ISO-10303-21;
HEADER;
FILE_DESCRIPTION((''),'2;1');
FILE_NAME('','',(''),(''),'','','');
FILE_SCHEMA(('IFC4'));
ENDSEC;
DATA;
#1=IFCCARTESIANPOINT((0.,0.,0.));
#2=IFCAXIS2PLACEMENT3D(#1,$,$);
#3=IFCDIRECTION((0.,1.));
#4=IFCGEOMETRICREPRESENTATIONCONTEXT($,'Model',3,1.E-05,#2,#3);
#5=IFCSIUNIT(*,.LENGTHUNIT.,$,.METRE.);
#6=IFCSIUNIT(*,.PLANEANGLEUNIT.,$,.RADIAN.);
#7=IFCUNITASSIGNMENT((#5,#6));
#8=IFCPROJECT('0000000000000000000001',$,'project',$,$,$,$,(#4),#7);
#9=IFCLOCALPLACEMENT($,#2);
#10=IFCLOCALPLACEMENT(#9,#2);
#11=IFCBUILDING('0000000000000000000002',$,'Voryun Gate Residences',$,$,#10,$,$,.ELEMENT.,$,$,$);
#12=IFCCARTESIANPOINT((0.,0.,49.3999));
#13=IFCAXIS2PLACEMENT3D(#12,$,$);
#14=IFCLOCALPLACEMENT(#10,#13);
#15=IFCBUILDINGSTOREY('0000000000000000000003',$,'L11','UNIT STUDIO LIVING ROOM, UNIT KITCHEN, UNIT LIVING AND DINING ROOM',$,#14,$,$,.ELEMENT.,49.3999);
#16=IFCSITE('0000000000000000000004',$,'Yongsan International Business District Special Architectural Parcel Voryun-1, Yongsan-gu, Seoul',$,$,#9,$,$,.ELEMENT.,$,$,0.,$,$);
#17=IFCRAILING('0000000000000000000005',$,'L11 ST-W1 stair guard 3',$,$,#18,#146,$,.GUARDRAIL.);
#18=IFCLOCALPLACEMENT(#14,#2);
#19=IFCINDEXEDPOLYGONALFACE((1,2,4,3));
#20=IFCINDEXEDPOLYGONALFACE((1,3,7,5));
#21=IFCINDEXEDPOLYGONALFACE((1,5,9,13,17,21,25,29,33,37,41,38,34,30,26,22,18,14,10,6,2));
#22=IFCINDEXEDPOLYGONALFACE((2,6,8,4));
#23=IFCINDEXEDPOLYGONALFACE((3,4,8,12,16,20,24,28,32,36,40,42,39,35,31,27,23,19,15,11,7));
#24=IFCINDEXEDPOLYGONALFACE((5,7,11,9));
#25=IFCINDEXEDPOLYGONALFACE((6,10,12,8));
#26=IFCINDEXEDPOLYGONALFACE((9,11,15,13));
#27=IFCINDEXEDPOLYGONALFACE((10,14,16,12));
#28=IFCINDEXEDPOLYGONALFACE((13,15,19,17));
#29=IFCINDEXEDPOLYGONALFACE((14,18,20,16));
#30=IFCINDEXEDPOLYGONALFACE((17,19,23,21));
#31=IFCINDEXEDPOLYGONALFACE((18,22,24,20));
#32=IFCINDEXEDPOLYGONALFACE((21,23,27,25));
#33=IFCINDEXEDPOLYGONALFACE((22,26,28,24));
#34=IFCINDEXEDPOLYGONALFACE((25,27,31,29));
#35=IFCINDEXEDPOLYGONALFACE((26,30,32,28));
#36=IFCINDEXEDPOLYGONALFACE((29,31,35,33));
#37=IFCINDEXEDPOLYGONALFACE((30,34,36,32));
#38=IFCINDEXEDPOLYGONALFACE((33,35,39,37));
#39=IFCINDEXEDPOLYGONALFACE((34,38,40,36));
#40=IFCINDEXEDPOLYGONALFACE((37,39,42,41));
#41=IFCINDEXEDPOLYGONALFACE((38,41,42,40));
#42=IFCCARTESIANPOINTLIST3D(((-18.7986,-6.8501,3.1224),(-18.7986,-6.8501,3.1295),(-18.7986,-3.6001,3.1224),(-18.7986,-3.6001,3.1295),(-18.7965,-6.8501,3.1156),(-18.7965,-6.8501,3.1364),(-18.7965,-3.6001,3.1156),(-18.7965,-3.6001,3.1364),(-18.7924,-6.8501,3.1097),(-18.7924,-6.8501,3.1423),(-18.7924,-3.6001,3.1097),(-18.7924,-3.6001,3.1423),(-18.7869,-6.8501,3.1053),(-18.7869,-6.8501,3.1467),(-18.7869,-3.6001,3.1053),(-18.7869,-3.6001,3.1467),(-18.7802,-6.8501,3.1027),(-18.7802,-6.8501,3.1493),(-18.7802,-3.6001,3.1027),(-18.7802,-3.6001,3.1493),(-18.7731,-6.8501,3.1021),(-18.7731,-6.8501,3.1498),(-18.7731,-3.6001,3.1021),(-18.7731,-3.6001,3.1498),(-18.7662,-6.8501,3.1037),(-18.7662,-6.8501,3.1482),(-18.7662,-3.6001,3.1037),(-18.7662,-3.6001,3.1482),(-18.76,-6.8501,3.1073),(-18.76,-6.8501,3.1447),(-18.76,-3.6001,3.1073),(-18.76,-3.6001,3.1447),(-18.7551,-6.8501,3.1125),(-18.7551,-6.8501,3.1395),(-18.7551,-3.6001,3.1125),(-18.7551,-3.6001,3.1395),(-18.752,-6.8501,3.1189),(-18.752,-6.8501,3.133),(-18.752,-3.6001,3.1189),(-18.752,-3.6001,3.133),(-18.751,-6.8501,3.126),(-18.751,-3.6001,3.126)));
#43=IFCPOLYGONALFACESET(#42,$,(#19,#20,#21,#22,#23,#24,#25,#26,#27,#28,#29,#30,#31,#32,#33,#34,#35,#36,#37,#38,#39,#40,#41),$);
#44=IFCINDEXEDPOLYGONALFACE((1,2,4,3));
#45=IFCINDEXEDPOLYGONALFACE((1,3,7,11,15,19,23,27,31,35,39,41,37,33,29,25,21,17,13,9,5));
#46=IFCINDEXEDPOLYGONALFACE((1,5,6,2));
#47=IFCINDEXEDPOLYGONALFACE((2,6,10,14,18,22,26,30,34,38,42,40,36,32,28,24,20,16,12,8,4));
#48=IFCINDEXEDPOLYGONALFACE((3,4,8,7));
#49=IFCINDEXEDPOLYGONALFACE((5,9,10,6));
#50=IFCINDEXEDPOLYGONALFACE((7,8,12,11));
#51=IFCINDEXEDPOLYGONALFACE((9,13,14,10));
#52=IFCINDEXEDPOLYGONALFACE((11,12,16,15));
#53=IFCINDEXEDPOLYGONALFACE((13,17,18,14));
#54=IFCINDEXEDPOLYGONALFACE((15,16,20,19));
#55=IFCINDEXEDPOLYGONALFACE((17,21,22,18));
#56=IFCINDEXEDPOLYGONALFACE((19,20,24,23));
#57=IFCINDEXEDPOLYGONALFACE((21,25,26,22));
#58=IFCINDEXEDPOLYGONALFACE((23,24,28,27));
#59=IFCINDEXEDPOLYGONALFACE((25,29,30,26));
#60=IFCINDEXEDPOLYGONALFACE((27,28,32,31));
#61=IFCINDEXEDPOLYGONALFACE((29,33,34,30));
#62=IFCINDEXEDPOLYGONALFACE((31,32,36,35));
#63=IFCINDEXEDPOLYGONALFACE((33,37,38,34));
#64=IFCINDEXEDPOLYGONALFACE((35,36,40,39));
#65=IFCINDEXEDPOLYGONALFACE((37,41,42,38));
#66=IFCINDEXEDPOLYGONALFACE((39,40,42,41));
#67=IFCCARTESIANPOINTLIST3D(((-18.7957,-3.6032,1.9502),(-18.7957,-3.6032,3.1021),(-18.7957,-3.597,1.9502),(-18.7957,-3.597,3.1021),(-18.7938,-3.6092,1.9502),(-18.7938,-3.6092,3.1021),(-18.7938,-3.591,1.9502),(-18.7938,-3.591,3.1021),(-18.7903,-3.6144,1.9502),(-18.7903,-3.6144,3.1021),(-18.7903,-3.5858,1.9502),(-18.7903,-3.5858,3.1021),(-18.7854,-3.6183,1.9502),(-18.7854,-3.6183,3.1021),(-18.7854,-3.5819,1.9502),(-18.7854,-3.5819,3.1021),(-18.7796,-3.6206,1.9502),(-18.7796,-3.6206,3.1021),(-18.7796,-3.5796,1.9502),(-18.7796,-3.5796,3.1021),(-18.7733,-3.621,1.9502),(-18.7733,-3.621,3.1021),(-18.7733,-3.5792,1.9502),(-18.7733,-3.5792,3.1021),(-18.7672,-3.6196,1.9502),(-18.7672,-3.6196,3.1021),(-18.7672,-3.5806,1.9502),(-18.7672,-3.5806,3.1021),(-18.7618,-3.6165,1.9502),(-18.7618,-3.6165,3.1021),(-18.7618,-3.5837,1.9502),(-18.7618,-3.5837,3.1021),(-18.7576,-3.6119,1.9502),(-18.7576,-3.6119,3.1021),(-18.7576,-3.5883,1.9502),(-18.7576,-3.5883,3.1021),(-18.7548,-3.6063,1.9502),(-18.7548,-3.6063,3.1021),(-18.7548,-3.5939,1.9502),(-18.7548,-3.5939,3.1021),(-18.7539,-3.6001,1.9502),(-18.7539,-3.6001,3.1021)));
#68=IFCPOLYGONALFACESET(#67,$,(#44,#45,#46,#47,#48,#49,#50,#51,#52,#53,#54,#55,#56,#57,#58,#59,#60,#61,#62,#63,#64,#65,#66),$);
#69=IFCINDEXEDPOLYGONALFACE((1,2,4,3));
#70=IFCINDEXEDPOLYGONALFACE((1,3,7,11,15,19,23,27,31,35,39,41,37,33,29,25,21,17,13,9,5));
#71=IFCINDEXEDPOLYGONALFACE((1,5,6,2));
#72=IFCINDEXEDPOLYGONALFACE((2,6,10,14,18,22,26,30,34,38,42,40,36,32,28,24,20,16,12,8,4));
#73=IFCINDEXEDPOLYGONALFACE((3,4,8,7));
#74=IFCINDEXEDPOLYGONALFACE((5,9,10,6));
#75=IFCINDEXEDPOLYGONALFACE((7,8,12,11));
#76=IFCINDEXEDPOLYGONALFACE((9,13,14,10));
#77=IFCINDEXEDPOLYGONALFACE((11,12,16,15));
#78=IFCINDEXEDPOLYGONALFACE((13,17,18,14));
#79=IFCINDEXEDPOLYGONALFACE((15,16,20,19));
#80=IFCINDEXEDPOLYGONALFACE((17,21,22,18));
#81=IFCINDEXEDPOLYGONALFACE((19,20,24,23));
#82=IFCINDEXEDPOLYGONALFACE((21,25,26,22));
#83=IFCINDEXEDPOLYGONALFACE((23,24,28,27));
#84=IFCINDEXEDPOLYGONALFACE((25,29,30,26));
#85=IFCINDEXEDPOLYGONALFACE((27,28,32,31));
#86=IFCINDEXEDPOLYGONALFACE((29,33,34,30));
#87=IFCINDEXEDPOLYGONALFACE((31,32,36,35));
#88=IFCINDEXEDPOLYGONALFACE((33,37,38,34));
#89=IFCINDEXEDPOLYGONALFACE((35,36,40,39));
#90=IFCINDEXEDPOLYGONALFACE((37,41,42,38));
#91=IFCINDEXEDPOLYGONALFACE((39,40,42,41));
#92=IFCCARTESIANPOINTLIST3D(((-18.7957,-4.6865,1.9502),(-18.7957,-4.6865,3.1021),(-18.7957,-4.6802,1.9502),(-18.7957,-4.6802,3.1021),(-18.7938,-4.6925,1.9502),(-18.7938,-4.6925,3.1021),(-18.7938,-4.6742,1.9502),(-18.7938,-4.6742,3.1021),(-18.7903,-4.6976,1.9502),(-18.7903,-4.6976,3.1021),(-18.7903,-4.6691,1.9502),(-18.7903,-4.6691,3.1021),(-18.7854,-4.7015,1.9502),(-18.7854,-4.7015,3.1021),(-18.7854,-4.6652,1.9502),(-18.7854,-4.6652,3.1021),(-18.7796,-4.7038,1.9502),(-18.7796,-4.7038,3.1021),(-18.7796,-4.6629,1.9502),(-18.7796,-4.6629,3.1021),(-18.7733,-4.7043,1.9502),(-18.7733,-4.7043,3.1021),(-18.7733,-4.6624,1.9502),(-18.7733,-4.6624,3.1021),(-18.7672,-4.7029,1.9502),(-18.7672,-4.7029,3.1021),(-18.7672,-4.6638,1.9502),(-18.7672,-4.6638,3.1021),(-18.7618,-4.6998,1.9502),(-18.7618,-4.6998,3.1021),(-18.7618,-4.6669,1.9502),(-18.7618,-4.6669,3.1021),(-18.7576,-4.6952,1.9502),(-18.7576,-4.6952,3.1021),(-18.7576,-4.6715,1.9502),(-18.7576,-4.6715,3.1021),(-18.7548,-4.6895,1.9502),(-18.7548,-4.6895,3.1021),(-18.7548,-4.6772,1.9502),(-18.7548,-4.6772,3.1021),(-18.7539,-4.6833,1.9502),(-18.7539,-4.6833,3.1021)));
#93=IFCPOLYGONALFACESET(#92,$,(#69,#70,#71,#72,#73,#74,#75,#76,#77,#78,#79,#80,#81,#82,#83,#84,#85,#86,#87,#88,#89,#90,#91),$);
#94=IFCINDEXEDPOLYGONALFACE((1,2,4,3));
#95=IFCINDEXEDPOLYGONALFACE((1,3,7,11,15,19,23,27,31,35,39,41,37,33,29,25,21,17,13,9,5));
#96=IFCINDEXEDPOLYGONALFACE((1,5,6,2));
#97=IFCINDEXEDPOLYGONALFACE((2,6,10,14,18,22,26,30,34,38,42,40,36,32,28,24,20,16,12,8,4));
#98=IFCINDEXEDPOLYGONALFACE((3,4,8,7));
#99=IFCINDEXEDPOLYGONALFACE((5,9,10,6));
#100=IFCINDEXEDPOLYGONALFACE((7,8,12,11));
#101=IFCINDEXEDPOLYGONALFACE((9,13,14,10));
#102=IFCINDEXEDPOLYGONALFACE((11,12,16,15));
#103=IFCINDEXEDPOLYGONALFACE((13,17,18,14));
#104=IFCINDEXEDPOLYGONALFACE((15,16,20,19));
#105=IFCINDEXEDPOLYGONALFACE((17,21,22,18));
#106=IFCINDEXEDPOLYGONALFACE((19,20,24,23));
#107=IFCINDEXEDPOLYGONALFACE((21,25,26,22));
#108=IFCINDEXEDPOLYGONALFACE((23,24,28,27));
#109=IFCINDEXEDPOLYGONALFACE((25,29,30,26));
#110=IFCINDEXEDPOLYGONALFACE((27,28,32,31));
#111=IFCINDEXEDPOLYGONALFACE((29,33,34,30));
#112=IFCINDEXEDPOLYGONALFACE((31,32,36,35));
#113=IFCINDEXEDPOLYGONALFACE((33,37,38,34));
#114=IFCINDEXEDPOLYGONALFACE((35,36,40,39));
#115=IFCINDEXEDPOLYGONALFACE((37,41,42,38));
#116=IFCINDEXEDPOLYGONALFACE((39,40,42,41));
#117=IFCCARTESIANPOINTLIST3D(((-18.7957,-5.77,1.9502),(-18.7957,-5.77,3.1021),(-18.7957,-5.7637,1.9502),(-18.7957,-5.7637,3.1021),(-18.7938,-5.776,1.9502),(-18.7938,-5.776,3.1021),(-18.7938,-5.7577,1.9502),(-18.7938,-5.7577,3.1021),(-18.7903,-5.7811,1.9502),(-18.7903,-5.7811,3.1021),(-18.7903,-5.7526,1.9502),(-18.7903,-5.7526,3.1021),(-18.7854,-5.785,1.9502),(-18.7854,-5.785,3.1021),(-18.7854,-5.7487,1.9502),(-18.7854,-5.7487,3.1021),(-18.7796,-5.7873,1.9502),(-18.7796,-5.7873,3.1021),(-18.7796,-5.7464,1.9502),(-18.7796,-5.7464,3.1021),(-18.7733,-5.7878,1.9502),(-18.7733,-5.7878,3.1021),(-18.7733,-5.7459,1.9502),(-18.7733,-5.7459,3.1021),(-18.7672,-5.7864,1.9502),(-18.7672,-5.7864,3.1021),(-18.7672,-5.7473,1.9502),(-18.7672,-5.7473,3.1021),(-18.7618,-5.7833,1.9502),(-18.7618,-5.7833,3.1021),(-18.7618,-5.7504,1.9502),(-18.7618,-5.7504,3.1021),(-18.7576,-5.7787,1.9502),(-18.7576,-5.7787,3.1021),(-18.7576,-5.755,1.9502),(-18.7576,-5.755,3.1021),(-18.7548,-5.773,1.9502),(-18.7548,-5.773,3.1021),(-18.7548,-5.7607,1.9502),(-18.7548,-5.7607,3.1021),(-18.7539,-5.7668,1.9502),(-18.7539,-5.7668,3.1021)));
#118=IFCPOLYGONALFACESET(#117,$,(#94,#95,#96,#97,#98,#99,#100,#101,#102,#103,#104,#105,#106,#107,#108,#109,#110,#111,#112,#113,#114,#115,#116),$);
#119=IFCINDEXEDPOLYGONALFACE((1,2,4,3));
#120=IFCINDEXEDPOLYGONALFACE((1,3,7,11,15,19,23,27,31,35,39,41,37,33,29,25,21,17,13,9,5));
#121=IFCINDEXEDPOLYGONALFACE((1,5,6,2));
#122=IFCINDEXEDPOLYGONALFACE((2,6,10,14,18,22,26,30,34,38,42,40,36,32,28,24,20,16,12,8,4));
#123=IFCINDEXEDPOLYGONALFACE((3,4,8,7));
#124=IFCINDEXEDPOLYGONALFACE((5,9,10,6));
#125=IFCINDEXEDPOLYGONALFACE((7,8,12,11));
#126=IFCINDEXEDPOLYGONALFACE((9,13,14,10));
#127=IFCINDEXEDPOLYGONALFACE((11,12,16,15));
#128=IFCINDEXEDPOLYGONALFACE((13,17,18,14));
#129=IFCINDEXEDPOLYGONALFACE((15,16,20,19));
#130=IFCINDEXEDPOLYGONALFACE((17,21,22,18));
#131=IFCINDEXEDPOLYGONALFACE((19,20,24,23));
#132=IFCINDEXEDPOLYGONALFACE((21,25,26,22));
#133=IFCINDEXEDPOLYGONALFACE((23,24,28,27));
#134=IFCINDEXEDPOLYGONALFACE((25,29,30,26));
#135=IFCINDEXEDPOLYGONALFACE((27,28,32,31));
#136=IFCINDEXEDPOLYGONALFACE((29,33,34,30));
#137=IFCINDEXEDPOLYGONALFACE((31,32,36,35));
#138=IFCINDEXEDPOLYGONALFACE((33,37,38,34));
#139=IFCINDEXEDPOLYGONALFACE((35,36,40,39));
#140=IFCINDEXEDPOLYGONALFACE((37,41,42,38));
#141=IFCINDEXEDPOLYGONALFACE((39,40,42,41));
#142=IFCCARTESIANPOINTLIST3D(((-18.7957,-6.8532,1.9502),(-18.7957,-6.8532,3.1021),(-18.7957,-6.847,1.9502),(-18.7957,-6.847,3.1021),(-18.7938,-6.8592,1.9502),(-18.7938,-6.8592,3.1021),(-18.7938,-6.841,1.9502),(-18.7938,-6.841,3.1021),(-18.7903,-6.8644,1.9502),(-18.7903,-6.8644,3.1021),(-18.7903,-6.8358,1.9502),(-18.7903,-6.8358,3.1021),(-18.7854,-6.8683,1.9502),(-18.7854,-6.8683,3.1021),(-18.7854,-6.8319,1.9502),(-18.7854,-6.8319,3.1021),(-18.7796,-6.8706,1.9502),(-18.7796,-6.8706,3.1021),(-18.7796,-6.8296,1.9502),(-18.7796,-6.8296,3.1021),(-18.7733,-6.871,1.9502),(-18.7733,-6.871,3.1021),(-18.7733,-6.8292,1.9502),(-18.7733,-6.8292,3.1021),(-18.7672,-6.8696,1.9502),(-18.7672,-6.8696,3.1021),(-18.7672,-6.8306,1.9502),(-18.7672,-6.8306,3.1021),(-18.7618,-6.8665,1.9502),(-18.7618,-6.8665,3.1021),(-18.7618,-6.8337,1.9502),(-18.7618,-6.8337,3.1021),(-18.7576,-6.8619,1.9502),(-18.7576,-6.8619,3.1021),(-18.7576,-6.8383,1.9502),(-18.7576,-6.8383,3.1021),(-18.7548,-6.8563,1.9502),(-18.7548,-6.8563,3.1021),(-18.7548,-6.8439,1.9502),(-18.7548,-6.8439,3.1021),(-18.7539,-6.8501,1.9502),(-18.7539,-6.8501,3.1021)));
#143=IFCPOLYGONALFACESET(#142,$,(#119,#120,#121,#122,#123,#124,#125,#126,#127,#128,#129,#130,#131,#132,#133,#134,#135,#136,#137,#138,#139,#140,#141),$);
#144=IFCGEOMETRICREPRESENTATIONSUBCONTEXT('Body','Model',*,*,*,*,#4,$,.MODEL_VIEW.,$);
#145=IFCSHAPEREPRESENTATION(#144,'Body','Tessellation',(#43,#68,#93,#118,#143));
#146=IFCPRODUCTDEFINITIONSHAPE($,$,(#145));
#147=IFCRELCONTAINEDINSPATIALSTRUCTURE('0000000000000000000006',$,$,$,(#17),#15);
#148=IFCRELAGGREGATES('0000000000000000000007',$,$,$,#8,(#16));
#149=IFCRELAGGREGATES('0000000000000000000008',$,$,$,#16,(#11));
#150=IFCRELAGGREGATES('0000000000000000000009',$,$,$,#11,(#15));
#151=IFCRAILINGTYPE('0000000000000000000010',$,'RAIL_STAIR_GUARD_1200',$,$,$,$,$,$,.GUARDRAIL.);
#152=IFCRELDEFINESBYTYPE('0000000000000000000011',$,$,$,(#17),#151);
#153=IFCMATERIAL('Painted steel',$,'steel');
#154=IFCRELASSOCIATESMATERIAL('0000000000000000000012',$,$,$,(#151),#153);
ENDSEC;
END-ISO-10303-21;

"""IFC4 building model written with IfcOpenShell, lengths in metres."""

from ifc_helpers import new_model, si_unit, direction, frame, origin, origin_2d, place, context, subcontext, project, spatial, circle, extrude, material, type_object, element, save


model = new_model("IFC4")

# Units and contexts
model_context = context("Model", 3, precision=1e-05, world=origin(), true_north=direction((0.0, 1.0)))
body_context = subcontext(model_context, "Body", "Model", "MODEL_VIEW")
ifc_project = project(units=[si_unit("LENGTHUNIT", "METRE"), si_unit("PLANEANGLEUNIT", "RADIAN")], contexts=[model_context])

# Site, building, storey
site_placement = place(None, origin())
site = spatial("IfcSite", under=ifc_project, at=site_placement, Name="Yongsan International Business District Special Architectural Parcel Voryun-1, Yongsan-gu, Seoul", CompositionType="ELEMENT", RefElevation=0.0)
building_placement = place(site_placement, origin())
building = spatial("IfcBuilding", under=site, at=building_placement, Name="Voryun Gate Residences", CompositionType="ELEMENT")
storey_placement = place(building_placement, frame((0.0, 0.0, 49.3999)))
storey = spatial("IfcBuildingStorey", under=building, at=storey_placement, Name="L11", Description="UNIT STUDIO LIVING ROOM, UNIT KITCHEN, UNIT LIVING AND DINING ROOM", CompositionType="ELEMENT", Elevation=49.3999)

# Railing
ifc_material_1 = material(Name="Painted steel", Category="steel")
railing_type_1 = type_object("IfcRailingType", Name="RAIL_STAIR_GUARD_1200", PredefinedType="GUARDRAIL", material=ifc_material_1)
for number, where, name in (
    (1, (-18.7749, -3.6001, 1.9502), "L11 ST-W1 stair guard 3"),
):
    element("IfcRailing", number, at=place(storey_placement, frame(where)), inside=storey, type_object=railing_type_1, Name=name, PredefinedType="GUARDRAIL", context=body_context, shape_type="SweptSolid", body=[
        extrude(circle(Radius=0.0239, at=origin_2d()), frame((0.0, 0.0, 1.1758), z_axis=(0.0, -1.0, 0.0), x_axis=(1.0, 0.0, 0.0)), (0.0, 0.0, 1.0), 3.25),
        extrude(circle(Radius=0.021, at=origin_2d()), origin(), (0.0, 0.0, 1.0), 1.1519),
        extrude(circle(Radius=0.021, at=origin_2d()), frame((0.0, -1.0833, 0.0)), (0.0, 0.0, 1.0), 1.1519),
        extrude(circle(Radius=0.021, at=origin_2d()), frame((0.0, -2.1667, 0.0)), (0.0, 0.0, 1.0), 1.1519),
        extrude(circle(Radius=0.021, at=origin_2d()), frame((0.0, -3.25, 0.0)), (0.0, 0.0, 1.0), 1.1519),
    ])

save(model, "model.ifc")
